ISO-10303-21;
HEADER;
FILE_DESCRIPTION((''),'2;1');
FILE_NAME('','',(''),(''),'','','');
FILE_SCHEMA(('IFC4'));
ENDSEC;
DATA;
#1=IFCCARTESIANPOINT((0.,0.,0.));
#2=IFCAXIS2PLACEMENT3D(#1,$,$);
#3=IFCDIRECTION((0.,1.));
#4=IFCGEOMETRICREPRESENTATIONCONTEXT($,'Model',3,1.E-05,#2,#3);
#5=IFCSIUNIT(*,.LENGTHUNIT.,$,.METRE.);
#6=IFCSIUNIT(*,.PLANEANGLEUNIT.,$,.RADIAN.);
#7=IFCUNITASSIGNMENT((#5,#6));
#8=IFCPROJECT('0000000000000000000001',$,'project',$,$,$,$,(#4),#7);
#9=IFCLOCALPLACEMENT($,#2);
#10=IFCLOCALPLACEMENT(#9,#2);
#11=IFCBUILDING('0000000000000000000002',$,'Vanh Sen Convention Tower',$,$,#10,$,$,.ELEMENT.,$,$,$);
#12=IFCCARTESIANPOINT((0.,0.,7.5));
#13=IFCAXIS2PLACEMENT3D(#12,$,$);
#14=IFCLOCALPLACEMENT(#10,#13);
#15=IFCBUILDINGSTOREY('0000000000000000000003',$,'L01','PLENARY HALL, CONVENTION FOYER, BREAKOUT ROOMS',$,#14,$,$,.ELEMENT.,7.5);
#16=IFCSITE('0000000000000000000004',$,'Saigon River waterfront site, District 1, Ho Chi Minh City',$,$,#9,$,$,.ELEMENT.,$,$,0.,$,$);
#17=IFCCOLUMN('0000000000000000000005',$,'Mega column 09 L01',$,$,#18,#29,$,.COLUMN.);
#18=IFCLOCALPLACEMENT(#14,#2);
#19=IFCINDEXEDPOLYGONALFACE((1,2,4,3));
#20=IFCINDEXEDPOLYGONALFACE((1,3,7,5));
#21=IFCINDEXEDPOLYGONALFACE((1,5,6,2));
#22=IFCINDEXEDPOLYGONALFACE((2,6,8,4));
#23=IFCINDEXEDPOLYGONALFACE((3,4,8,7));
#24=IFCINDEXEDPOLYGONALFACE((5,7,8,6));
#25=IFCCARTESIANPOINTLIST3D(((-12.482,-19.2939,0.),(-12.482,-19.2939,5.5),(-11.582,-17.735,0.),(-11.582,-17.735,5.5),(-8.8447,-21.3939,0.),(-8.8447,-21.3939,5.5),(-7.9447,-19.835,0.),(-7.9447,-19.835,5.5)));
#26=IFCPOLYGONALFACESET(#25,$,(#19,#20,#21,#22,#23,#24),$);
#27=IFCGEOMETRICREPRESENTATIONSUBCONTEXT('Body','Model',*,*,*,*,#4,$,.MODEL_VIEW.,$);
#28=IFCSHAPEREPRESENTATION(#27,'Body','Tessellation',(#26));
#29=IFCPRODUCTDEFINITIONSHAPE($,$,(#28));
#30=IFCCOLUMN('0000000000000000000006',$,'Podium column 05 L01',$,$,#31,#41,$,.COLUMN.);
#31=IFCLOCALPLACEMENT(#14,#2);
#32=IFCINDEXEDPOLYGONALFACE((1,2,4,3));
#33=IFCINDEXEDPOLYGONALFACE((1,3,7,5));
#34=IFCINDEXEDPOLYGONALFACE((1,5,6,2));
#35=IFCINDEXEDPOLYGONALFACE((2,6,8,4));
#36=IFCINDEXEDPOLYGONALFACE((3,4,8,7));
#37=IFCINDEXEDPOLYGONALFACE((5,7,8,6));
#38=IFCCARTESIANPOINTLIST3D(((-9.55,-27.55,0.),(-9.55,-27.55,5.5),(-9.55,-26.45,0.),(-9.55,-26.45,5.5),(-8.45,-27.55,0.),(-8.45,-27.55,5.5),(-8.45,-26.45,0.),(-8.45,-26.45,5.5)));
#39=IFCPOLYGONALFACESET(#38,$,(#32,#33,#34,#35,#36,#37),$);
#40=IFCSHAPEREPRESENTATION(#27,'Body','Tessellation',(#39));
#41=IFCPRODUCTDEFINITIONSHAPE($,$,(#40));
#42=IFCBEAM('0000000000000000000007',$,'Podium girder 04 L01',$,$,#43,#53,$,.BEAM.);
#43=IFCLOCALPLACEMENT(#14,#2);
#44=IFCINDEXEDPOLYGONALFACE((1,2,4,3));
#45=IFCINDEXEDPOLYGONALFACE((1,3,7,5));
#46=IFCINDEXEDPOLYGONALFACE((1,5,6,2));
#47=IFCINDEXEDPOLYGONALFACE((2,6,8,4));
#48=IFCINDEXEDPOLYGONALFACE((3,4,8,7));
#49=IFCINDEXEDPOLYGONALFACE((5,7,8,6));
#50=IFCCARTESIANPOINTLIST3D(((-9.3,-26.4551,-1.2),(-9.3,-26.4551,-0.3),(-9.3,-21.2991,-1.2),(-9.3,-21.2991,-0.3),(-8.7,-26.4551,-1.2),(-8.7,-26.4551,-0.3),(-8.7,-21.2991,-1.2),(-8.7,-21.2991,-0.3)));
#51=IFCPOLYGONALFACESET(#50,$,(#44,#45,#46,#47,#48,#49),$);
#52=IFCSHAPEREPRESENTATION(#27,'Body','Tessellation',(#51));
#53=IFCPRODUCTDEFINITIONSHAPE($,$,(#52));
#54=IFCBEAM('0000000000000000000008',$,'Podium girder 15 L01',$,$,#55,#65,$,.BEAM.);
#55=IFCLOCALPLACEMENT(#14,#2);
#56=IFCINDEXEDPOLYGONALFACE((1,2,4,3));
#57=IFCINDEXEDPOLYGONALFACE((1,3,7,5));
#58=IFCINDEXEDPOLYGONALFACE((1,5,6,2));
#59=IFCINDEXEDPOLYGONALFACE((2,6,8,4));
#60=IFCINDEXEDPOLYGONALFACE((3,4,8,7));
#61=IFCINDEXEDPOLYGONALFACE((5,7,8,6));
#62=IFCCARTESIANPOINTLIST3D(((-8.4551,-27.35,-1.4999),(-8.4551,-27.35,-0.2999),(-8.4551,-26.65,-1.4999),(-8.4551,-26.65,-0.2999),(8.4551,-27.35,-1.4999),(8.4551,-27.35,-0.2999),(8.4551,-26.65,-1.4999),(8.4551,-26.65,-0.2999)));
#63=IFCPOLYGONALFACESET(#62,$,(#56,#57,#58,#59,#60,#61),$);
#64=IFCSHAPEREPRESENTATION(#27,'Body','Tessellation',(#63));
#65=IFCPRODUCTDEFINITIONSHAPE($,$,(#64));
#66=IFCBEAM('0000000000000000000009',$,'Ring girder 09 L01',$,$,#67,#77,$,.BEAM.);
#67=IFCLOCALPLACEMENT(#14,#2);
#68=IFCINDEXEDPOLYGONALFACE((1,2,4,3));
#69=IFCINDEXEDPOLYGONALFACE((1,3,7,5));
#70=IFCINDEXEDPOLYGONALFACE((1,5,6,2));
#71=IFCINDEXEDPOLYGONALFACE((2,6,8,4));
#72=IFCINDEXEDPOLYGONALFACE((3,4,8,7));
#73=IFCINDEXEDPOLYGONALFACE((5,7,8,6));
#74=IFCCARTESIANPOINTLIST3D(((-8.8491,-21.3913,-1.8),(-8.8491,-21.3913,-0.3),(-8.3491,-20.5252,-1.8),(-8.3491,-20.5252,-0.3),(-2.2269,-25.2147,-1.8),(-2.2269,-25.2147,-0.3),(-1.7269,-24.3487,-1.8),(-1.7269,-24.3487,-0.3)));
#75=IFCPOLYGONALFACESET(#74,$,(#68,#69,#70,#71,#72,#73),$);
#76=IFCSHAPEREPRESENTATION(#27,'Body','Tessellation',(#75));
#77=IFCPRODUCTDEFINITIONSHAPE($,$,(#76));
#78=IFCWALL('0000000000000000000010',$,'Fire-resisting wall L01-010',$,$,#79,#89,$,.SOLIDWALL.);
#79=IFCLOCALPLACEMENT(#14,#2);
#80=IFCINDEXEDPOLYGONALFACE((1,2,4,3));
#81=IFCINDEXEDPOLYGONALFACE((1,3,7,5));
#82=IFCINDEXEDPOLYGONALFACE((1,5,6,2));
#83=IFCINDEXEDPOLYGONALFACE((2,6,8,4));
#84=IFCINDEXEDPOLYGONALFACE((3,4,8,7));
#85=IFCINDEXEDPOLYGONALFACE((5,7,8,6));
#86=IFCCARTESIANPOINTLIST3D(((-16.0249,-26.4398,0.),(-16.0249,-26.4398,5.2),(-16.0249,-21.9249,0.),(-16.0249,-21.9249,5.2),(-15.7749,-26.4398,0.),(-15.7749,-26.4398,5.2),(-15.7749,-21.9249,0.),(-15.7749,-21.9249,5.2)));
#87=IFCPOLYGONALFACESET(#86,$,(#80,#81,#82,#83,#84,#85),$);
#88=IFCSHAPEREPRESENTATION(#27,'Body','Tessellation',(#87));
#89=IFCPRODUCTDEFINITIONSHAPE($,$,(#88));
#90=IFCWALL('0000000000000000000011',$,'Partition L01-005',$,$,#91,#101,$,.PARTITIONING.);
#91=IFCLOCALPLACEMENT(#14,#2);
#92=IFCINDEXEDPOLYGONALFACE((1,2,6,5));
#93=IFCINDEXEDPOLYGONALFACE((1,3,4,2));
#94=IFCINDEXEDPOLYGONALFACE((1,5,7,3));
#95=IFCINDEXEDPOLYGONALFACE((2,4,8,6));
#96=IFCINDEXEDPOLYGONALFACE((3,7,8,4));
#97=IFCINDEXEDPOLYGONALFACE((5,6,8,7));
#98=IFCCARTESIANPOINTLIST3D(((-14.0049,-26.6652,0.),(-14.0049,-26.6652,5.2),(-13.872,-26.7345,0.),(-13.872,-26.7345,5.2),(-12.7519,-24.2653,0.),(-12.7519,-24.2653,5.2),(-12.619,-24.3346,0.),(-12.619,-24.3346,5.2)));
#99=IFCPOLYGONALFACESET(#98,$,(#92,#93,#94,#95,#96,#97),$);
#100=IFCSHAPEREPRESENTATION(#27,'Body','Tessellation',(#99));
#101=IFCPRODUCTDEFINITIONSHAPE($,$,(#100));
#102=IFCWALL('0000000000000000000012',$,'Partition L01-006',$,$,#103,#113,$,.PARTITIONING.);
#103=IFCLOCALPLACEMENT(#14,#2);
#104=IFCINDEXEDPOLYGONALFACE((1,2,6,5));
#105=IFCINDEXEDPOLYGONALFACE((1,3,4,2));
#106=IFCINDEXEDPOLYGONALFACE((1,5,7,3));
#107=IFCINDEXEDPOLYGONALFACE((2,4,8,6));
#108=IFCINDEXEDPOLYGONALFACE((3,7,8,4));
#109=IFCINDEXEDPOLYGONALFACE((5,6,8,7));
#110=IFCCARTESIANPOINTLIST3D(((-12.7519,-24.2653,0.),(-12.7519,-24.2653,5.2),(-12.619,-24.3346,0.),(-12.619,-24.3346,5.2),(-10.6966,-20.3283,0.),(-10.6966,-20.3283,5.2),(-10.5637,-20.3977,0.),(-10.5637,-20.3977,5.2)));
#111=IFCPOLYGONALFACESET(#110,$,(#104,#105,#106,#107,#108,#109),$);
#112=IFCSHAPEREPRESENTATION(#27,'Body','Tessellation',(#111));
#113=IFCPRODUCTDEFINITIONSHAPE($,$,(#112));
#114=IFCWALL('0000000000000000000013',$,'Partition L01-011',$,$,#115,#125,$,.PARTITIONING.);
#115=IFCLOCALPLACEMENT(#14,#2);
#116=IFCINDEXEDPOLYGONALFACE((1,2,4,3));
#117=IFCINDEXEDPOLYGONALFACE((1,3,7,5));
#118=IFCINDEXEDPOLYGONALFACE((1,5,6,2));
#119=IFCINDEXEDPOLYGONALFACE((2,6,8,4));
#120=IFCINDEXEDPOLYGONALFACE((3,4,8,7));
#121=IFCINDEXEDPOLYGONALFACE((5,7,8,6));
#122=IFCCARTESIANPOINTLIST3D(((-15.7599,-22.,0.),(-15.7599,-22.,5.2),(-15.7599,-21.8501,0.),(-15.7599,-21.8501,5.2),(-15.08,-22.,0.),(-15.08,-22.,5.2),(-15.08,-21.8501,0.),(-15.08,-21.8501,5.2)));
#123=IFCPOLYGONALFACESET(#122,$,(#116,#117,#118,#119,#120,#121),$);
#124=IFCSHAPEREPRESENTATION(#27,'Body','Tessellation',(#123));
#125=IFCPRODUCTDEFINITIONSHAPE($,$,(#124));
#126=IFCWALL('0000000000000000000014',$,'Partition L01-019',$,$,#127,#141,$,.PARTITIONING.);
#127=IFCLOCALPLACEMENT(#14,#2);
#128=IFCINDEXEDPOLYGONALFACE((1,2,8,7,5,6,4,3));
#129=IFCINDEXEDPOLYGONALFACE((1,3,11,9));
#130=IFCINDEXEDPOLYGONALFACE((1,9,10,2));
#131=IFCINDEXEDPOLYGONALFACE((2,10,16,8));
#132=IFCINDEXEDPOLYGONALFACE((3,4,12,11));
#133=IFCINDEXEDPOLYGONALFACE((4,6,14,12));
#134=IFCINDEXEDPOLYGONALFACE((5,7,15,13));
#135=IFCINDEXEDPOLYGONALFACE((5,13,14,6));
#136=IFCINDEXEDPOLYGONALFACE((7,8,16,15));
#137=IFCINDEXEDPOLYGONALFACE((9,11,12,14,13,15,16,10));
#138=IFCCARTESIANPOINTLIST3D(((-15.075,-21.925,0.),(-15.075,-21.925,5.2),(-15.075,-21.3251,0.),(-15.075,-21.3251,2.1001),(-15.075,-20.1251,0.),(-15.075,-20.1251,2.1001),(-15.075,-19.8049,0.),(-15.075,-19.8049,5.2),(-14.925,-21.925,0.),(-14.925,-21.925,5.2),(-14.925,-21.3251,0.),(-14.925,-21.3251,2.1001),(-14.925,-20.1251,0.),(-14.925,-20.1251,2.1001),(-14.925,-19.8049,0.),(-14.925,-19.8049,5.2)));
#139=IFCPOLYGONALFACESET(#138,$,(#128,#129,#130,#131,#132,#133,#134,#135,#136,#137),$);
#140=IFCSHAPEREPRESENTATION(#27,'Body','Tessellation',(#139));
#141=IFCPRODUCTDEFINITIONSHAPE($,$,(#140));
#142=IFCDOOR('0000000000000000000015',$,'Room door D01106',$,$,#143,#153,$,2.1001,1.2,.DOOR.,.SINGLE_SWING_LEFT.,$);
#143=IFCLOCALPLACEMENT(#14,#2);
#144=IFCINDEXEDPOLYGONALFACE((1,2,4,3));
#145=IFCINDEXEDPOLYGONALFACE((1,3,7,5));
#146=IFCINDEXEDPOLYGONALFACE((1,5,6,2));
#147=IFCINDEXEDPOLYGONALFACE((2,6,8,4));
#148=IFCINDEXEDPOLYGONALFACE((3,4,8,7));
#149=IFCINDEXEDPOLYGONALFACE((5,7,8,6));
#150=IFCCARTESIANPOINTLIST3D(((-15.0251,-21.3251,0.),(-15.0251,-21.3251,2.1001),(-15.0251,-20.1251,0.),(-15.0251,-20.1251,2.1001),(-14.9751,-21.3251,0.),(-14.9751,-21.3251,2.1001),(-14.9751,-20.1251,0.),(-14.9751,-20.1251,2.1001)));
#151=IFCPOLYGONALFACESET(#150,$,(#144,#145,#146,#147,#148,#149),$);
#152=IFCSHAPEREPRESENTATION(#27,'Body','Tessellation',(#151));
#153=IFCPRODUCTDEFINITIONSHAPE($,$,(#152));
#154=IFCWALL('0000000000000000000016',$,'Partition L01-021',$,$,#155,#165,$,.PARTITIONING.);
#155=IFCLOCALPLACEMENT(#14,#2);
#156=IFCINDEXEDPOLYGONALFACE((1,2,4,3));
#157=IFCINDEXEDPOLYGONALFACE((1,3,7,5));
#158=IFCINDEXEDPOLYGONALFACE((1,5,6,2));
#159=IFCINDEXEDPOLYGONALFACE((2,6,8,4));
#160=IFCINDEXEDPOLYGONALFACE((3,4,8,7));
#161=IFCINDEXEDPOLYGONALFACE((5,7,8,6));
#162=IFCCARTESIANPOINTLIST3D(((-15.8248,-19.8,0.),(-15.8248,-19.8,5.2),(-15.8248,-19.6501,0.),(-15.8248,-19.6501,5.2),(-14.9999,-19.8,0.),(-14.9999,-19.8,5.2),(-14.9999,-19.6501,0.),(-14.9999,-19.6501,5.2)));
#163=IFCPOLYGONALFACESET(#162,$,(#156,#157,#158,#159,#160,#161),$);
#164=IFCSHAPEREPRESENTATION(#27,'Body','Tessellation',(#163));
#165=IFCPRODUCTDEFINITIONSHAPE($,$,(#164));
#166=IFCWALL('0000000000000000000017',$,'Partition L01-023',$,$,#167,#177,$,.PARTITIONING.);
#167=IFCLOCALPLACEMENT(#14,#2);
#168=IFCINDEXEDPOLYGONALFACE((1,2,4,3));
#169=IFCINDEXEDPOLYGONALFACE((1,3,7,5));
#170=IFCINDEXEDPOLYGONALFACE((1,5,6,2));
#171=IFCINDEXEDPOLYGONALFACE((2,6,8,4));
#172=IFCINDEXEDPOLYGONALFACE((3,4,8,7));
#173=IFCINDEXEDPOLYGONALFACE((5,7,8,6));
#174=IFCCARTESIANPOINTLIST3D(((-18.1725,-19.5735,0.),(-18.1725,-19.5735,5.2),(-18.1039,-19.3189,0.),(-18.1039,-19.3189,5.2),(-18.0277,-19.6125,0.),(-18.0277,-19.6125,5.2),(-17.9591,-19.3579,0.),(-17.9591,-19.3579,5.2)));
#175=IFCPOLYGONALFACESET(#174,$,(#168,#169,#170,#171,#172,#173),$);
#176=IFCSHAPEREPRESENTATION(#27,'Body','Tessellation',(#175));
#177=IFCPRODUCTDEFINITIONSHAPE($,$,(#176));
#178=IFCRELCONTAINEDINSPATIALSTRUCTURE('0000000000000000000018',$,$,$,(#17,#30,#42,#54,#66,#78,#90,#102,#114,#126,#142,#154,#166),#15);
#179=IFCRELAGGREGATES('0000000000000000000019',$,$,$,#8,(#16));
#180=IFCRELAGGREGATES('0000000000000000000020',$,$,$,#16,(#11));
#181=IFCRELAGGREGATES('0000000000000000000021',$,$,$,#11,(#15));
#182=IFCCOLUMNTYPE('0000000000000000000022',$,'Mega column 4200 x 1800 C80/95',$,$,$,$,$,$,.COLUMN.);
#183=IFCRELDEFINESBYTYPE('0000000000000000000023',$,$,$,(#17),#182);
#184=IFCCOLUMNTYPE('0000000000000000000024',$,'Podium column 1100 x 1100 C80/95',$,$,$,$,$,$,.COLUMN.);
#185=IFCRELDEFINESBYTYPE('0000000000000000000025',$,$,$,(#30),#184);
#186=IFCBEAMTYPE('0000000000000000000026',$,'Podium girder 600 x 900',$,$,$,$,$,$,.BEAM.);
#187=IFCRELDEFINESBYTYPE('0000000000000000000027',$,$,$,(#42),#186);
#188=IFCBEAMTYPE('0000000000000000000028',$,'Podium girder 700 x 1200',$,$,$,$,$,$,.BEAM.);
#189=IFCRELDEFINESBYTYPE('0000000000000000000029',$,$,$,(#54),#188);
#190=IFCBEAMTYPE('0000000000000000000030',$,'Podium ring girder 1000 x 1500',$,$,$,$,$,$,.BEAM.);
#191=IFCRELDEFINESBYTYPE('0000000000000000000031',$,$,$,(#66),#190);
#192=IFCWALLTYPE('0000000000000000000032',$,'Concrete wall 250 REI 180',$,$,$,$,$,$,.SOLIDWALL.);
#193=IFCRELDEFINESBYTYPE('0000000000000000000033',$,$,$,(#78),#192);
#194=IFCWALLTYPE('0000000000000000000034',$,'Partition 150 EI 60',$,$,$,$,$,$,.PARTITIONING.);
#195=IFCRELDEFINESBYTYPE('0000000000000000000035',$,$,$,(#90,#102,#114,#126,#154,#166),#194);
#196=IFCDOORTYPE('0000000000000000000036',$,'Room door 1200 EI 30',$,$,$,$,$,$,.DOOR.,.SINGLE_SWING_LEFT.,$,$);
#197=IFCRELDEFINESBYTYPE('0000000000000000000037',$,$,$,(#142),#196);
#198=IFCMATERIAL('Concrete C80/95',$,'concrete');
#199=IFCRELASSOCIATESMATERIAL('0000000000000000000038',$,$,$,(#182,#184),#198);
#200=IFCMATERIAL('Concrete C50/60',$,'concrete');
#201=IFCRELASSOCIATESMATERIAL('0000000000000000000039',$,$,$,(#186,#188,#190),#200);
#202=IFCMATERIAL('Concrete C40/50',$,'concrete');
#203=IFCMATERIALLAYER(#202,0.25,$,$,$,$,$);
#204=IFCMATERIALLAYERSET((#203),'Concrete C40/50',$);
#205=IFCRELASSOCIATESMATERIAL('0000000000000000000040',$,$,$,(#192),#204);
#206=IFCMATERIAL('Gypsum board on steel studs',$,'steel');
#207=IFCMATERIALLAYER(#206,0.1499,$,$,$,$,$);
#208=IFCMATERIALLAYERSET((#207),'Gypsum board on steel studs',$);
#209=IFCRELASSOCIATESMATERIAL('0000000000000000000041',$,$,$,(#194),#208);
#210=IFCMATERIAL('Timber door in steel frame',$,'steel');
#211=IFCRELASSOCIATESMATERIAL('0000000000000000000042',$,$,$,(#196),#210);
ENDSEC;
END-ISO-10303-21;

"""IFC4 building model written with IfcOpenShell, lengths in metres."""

from ifc_helpers import new_model, si_unit, direction, frame, frame_2d, origin, origin_2d, place, context, subcontext, project, spatial, rectangle, extrude, material, layer, layer_set, material_profile, profile_set, type_object, element, fill, save


model = new_model("IFC4")

# Units and contexts
model_context = context("Model", 3, precision=1e-05, world=origin(), true_north=direction((0.0, 1.0)))
body_context = subcontext(model_context, "Body", "Model", "MODEL_VIEW")
ifc_project = project(units=[si_unit("LENGTHUNIT", "METRE"), si_unit("PLANEANGLEUNIT", "RADIAN")], contexts=[model_context])

# Site, building, storey
site_placement = place(None, origin())
site = spatial("IfcSite", under=ifc_project, at=site_placement, Name="Saigon River waterfront site, District 1, Ho Chi Minh City", CompositionType="ELEMENT", RefElevation=0.0)
building_placement = place(site_placement, origin())
building = spatial("IfcBuilding", under=site, at=building_placement, Name="Vanh Sen Convention Tower", CompositionType="ELEMENT")
storey_placement = place(building_placement, frame((0.0, 0.0, 7.5)))
storey = spatial("IfcBuildingStorey", under=building, at=storey_placement, Name="L01", Description="PLENARY HALL, CONVENTION FOYER, BREAKOUT ROOMS", CompositionType="ELEMENT", Elevation=7.5)

# Columns
ifc_material_1 = material(Name="Concrete C80/95", Category="concrete")
ifc_material_profile_1 = material_profile(ifc_material_1, rectangle(XDim=4.2, YDim=1.8, at=origin_2d()), Name="RC 4200X1800")
ifc_profile_set_1 = profile_set([ifc_material_profile_1], Name="Concrete C80/95")
column_type_1 = type_object("IfcColumnType", Name="Mega column 4200 x 1800 C80/95", PredefinedType="COLUMN", material=ifc_profile_set_1)
column_1_placement = place(storey_placement, frame((-10.2134, -19.5645, 0.0), z_axis=(0.0, 0.0, 1.0), x_axis=(0.866028, -0.499995, 0.0)))
element("IfcColumn", 1, at=column_1_placement, inside=storey, type_object=column_type_1, Name="Mega column 09 L01", PredefinedType="COLUMN", context=body_context, shape_type="SweptSolid", body=[
    extrude(rectangle(XDim=4.2, YDim=1.8, at=origin_2d()), origin(), (0.0, 0.0, 1.0), 5.5),
])
ifc_material_profile_2 = material_profile(ifc_material_1, rectangle(XDim=1.1001, YDim=1.1001, at=origin_2d()), Name="RC 1100X1100")
ifc_profile_set_2 = profile_set([ifc_material_profile_2], Name="Concrete C80/95")
column_type_2 = type_object("IfcColumnType", Name="Podium column 1100 x 1100 C80/95", PredefinedType="COLUMN", material=ifc_profile_set_2)
column_2_placement = place(storey_placement, frame((-9.0, -27.0, 0.0), z_axis=(0.0, 0.0, 1.0), x_axis=(1.0, 0.0, 0.0)))
element("IfcColumn", 2, at=column_2_placement, inside=storey, type_object=column_type_2, Name="Podium column 05 L01", PredefinedType="COLUMN", context=body_context, shape_type="SweptSolid", body=[
    extrude(rectangle(XDim=1.1001, YDim=1.1001, at=origin_2d()), origin(), (0.0, 0.0, 1.0), 5.5),
])

# Beams
ifc_material_2 = material(Name="Concrete C50/60", Category="concrete")
ifc_material_profile_3 = material_profile(ifc_material_2, rectangle(XDim=0.6001, YDim=0.8999, at=origin_2d()), Name="RC 600X900")
ifc_profile_set_3 = profile_set([ifc_material_profile_3], Name="Concrete C50/60")
beam_type_1 = type_object("IfcBeamType", Name="Podium girder 600 x 900", PredefinedType="BEAM", material=ifc_profile_set_3)
beam_1_placement = place(storey_placement, frame((-9.0, -26.4551, -0.75), z_axis=(0.0, 1.0, 0.0), x_axis=(-1.0, 0.0, 0.0)))
element("IfcBeam", 3, at=beam_1_placement, inside=storey, type_object=beam_type_1, Name="Podium girder 04 L01", PredefinedType="BEAM", context=body_context, shape_type="SweptSolid", body=[
    extrude(rectangle(XDim=0.6001, YDim=0.8999, at=origin_2d()), origin(), (0.0, 0.0, 1.0), 5.156),
])
ifc_material_profile_4 = material_profile(ifc_material_2, rectangle(XDim=0.7, YDim=1.2, at=origin_2d()), Name="RC 700X1200")
ifc_profile_set_4 = profile_set([ifc_material_profile_4], Name="Concrete C50/60")
beam_type_2 = type_object("IfcBeamType", Name="Podium girder 700 x 1200", PredefinedType="BEAM", material=ifc_profile_set_4)
beam_2_placement = place(storey_placement, frame((-8.4551, -27.0, -0.8999), z_axis=(1.0, 0.0, 0.0), x_axis=(0.0, 1.0, 0.0)))
element("IfcBeam", 4, at=beam_2_placement, inside=storey, type_object=beam_type_2, Name="Podium girder 15 L01", PredefinedType="BEAM", context=body_context, shape_type="SweptSolid", body=[
    extrude(rectangle(XDim=0.7, YDim=1.2, at=origin_2d()), origin(), (0.0, 0.0, 1.0), 16.9102),
])
ifc_material_profile_5 = material_profile(ifc_material_2, rectangle(XDim=1.0, YDim=1.5, at=origin_2d()), Name="RC 1000X1500")
ifc_profile_set_5 = profile_set([ifc_material_profile_5], Name="Concrete C50/60")
beam_type_3 = type_object("IfcBeamType", Name="Podium ring girder 1000 x 1500", PredefinedType="BEAM", material=ifc_profile_set_5)
beam_3_placement = place(storey_placement, frame((-8.5991, -20.9583, -1.05), z_axis=(0.86602, -0.500009, 0.0), x_axis=(0.500009, 0.86602, 0.0)))
element("IfcBeam", 5, at=beam_3_placement, inside=storey, type_object=beam_type_3, Name="Ring girder 09 L01", PredefinedType="BEAM", context=body_context, shape_type="SweptSolid", body=[
    extrude(rectangle(XDim=1.0, YDim=1.5, at=origin_2d()), origin(), (0.0, 0.0, 1.0), 7.6467),
])

# Walls
ifc_material_3 = material(Name="Concrete C40/50", Category="concrete")
ifc_layer_1 = layer(ifc_material_3, 0.25)
ifc_layer_set_1 = layer_set([ifc_layer_1], Name="Concrete C40/50")
wall_type_1 = type_object("IfcWallType", Name="Concrete wall 250 REI 180", PredefinedType="SOLIDWALL", material=ifc_layer_set_1)
wall_1_placement = place(storey_placement, frame((-15.8999, -21.925, 0.0), z_axis=(0.0, 0.0, 1.0), x_axis=(0.0, -1.0, 0.0)))
element("IfcWall", 6, at=wall_1_placement, inside=storey, type_object=wall_type_1, Name="Fire-resisting wall L01-010", PredefinedType="SOLIDWALL", context=body_context, shape_type="SweptSolid", body=[
    extrude(rectangle(XDim=4.5149, YDim=0.25, at=frame_2d((2.2573, 0.0))), origin(), (0.0, 0.0, 1.0), 5.2),
])
ifc_material_4 = material(Name="Gypsum board on steel studs", Category="steel")
ifc_layer_2 = layer(ifc_material_4, 0.1499)
ifc_layer_set_2 = layer_set([ifc_layer_2], Name="Gypsum board on steel studs")
wall_type_2 = type_object("IfcWallType", Name="Partition 150 EI 60", PredefinedType="PARTITIONING", material=ifc_layer_set_2)
wall_2_placement = place(storey_placement, frame((-12.6855, -24.3, 0.0), z_axis=(0.0, 0.0, 1.0), x_axis=(-0.4628, -0.886463, 0.0)))
element("IfcWall", 7, at=wall_2_placement, inside=storey, type_object=wall_type_2, Name="Partition L01-005", PredefinedType="PARTITIONING", context=body_context, shape_type="SweptSolid", body=[
    extrude(rectangle(XDim=2.7073, YDim=0.1499, at=frame_2d((1.3535, 0.0))), origin(), (0.0, 0.0, 1.0), 5.2),
])
wall_3_placement = place(storey_placement, frame((-12.6855, -24.3, 0.0), z_axis=(0.0, 0.0, 1.0), x_axis=(0.462801, 0.886462, 0.0)))
element("IfcWall", 8, at=wall_3_placement, inside=storey, type_object=wall_type_2, Name="Partition L01-006", PredefinedType="PARTITIONING", context=body_context, shape_type="SweptSolid", body=[
    extrude(rectangle(XDim=4.4412, YDim=0.1499, at=frame_2d((2.2207, 0.0))), origin(), (0.0, 0.0, 1.0), 5.2),
])
wall_4_placement = place(storey_placement, frame((-15.0801, -21.925, 0.0), z_axis=(0.0, 0.0, 1.0), x_axis=(-1.0, 0.0, 0.0)))
element("IfcWall", 9, at=wall_4_placement, inside=storey, type_object=wall_type_2, Name="Partition L01-011", PredefinedType="PARTITIONING", context=body_context, shape_type="SweptSolid", body=[
    extrude(rectangle(XDim=0.6799, YDim=0.1499, at=frame_2d((0.3398, 0.0))), origin(), (0.0, 0.0, 1.0), 5.2),
])

# Wall, opening, door
wall_5_placement = place(storey_placement, frame((-15.0, -19.8049, 0.0), z_axis=(0.0, 0.0, 1.0), x_axis=(0.0, -1.0, 0.0)))
wall_5 = element("IfcWall", 10, at=wall_5_placement, inside=storey, type_object=wall_type_2, Name="Partition L01-019", PredefinedType="PARTITIONING", context=body_context, shape_type="SweptSolid", body=[
    extrude(rectangle(XDim=2.1201, YDim=0.1499, at=frame_2d((1.0601, 0.0))), origin(), (0.0, 0.0, 1.0), 5.2),
])
opening_1_placement = place(wall_5_placement, frame((0.3201, 0.0, 0.0)))
opening_1 = element("IfcOpeningElement", 11, at=opening_1_placement, cuts=wall_5, PredefinedType="OPENING", context=body_context, shape_type="SweptSolid", body=[
    extrude(rectangle(XDim=1.2, YDim=2.1001, at=frame_2d((0.6001, 1.05))), frame((0.0, 0.085, 0.0), z_axis=(0.0, -1.0, 0.0), x_axis=(1.0, 0.0, 0.0)), (0.0, 0.0, 1.0), 0.1699),
])
ifc_material_5 = material(Name="Timber door in steel frame", Category="steel")
door_type = type_object("IfcDoorType", Name="Room door 1200 EI 30", OperationType="SINGLE_SWING_LEFT", PredefinedType="DOOR", material=ifc_material_5)
door_1_placement = place(opening_1_placement, origin())
door_1 = element("IfcDoor", 12, at=door_1_placement, inside=storey, type_object=door_type, Name="Room door D01106", OperationType="SINGLE_SWING_LEFT", OverallHeight=2.1001, OverallWidth=1.2, PredefinedType="DOOR", context=body_context, shape_type="SweptSolid", body=[
    extrude(rectangle(XDim=1.2, YDim=2.1001, at=frame_2d((0.6001, 1.05))), frame((0.0, 0.0249, 0.0), z_axis=(0.0, -1.0, 0.0), x_axis=(1.0, 0.0, 0.0)), (0.0, 0.0, 1.0), 0.05),
])
fill(opening_1, door_1)

# Walls
wall_6_placement = place(storey_placement, frame((-15.825, -19.7251, 0.0), z_axis=(0.0, 0.0, 1.0), x_axis=(1.0, 0.0, 0.0)))
element("IfcWall", 13, at=wall_6_placement, inside=storey, type_object=wall_type_2, Name="Partition L01-021", PredefinedType="PARTITIONING", context=body_context, shape_type="SweptSolid", body=[
    extrude(rectangle(XDim=0.825, YDim=0.1499, at=frame_2d((0.4126, 0.0))), origin(), (0.0, 0.0, 1.0), 5.2),
])
wall_7_placement = place(storey_placement, frame((-18.1001, -19.593, 0.0), z_axis=(0.0, 0.0, 1.0), x_axis=(0.260139, 0.965571, 0.0)))
element("IfcWall", 14, at=wall_7_placement, inside=storey, type_object=wall_type_2, Name="Partition L01-023", PredefinedType="PARTITIONING", context=body_context, shape_type="SweptSolid", body=[
    extrude(rectangle(XDim=0.2637, YDim=0.1499, at=frame_2d((0.1318, 0.0))), origin(), (0.0, 0.0, 1.0), 5.2),
])

save(model, "model.ifc")
